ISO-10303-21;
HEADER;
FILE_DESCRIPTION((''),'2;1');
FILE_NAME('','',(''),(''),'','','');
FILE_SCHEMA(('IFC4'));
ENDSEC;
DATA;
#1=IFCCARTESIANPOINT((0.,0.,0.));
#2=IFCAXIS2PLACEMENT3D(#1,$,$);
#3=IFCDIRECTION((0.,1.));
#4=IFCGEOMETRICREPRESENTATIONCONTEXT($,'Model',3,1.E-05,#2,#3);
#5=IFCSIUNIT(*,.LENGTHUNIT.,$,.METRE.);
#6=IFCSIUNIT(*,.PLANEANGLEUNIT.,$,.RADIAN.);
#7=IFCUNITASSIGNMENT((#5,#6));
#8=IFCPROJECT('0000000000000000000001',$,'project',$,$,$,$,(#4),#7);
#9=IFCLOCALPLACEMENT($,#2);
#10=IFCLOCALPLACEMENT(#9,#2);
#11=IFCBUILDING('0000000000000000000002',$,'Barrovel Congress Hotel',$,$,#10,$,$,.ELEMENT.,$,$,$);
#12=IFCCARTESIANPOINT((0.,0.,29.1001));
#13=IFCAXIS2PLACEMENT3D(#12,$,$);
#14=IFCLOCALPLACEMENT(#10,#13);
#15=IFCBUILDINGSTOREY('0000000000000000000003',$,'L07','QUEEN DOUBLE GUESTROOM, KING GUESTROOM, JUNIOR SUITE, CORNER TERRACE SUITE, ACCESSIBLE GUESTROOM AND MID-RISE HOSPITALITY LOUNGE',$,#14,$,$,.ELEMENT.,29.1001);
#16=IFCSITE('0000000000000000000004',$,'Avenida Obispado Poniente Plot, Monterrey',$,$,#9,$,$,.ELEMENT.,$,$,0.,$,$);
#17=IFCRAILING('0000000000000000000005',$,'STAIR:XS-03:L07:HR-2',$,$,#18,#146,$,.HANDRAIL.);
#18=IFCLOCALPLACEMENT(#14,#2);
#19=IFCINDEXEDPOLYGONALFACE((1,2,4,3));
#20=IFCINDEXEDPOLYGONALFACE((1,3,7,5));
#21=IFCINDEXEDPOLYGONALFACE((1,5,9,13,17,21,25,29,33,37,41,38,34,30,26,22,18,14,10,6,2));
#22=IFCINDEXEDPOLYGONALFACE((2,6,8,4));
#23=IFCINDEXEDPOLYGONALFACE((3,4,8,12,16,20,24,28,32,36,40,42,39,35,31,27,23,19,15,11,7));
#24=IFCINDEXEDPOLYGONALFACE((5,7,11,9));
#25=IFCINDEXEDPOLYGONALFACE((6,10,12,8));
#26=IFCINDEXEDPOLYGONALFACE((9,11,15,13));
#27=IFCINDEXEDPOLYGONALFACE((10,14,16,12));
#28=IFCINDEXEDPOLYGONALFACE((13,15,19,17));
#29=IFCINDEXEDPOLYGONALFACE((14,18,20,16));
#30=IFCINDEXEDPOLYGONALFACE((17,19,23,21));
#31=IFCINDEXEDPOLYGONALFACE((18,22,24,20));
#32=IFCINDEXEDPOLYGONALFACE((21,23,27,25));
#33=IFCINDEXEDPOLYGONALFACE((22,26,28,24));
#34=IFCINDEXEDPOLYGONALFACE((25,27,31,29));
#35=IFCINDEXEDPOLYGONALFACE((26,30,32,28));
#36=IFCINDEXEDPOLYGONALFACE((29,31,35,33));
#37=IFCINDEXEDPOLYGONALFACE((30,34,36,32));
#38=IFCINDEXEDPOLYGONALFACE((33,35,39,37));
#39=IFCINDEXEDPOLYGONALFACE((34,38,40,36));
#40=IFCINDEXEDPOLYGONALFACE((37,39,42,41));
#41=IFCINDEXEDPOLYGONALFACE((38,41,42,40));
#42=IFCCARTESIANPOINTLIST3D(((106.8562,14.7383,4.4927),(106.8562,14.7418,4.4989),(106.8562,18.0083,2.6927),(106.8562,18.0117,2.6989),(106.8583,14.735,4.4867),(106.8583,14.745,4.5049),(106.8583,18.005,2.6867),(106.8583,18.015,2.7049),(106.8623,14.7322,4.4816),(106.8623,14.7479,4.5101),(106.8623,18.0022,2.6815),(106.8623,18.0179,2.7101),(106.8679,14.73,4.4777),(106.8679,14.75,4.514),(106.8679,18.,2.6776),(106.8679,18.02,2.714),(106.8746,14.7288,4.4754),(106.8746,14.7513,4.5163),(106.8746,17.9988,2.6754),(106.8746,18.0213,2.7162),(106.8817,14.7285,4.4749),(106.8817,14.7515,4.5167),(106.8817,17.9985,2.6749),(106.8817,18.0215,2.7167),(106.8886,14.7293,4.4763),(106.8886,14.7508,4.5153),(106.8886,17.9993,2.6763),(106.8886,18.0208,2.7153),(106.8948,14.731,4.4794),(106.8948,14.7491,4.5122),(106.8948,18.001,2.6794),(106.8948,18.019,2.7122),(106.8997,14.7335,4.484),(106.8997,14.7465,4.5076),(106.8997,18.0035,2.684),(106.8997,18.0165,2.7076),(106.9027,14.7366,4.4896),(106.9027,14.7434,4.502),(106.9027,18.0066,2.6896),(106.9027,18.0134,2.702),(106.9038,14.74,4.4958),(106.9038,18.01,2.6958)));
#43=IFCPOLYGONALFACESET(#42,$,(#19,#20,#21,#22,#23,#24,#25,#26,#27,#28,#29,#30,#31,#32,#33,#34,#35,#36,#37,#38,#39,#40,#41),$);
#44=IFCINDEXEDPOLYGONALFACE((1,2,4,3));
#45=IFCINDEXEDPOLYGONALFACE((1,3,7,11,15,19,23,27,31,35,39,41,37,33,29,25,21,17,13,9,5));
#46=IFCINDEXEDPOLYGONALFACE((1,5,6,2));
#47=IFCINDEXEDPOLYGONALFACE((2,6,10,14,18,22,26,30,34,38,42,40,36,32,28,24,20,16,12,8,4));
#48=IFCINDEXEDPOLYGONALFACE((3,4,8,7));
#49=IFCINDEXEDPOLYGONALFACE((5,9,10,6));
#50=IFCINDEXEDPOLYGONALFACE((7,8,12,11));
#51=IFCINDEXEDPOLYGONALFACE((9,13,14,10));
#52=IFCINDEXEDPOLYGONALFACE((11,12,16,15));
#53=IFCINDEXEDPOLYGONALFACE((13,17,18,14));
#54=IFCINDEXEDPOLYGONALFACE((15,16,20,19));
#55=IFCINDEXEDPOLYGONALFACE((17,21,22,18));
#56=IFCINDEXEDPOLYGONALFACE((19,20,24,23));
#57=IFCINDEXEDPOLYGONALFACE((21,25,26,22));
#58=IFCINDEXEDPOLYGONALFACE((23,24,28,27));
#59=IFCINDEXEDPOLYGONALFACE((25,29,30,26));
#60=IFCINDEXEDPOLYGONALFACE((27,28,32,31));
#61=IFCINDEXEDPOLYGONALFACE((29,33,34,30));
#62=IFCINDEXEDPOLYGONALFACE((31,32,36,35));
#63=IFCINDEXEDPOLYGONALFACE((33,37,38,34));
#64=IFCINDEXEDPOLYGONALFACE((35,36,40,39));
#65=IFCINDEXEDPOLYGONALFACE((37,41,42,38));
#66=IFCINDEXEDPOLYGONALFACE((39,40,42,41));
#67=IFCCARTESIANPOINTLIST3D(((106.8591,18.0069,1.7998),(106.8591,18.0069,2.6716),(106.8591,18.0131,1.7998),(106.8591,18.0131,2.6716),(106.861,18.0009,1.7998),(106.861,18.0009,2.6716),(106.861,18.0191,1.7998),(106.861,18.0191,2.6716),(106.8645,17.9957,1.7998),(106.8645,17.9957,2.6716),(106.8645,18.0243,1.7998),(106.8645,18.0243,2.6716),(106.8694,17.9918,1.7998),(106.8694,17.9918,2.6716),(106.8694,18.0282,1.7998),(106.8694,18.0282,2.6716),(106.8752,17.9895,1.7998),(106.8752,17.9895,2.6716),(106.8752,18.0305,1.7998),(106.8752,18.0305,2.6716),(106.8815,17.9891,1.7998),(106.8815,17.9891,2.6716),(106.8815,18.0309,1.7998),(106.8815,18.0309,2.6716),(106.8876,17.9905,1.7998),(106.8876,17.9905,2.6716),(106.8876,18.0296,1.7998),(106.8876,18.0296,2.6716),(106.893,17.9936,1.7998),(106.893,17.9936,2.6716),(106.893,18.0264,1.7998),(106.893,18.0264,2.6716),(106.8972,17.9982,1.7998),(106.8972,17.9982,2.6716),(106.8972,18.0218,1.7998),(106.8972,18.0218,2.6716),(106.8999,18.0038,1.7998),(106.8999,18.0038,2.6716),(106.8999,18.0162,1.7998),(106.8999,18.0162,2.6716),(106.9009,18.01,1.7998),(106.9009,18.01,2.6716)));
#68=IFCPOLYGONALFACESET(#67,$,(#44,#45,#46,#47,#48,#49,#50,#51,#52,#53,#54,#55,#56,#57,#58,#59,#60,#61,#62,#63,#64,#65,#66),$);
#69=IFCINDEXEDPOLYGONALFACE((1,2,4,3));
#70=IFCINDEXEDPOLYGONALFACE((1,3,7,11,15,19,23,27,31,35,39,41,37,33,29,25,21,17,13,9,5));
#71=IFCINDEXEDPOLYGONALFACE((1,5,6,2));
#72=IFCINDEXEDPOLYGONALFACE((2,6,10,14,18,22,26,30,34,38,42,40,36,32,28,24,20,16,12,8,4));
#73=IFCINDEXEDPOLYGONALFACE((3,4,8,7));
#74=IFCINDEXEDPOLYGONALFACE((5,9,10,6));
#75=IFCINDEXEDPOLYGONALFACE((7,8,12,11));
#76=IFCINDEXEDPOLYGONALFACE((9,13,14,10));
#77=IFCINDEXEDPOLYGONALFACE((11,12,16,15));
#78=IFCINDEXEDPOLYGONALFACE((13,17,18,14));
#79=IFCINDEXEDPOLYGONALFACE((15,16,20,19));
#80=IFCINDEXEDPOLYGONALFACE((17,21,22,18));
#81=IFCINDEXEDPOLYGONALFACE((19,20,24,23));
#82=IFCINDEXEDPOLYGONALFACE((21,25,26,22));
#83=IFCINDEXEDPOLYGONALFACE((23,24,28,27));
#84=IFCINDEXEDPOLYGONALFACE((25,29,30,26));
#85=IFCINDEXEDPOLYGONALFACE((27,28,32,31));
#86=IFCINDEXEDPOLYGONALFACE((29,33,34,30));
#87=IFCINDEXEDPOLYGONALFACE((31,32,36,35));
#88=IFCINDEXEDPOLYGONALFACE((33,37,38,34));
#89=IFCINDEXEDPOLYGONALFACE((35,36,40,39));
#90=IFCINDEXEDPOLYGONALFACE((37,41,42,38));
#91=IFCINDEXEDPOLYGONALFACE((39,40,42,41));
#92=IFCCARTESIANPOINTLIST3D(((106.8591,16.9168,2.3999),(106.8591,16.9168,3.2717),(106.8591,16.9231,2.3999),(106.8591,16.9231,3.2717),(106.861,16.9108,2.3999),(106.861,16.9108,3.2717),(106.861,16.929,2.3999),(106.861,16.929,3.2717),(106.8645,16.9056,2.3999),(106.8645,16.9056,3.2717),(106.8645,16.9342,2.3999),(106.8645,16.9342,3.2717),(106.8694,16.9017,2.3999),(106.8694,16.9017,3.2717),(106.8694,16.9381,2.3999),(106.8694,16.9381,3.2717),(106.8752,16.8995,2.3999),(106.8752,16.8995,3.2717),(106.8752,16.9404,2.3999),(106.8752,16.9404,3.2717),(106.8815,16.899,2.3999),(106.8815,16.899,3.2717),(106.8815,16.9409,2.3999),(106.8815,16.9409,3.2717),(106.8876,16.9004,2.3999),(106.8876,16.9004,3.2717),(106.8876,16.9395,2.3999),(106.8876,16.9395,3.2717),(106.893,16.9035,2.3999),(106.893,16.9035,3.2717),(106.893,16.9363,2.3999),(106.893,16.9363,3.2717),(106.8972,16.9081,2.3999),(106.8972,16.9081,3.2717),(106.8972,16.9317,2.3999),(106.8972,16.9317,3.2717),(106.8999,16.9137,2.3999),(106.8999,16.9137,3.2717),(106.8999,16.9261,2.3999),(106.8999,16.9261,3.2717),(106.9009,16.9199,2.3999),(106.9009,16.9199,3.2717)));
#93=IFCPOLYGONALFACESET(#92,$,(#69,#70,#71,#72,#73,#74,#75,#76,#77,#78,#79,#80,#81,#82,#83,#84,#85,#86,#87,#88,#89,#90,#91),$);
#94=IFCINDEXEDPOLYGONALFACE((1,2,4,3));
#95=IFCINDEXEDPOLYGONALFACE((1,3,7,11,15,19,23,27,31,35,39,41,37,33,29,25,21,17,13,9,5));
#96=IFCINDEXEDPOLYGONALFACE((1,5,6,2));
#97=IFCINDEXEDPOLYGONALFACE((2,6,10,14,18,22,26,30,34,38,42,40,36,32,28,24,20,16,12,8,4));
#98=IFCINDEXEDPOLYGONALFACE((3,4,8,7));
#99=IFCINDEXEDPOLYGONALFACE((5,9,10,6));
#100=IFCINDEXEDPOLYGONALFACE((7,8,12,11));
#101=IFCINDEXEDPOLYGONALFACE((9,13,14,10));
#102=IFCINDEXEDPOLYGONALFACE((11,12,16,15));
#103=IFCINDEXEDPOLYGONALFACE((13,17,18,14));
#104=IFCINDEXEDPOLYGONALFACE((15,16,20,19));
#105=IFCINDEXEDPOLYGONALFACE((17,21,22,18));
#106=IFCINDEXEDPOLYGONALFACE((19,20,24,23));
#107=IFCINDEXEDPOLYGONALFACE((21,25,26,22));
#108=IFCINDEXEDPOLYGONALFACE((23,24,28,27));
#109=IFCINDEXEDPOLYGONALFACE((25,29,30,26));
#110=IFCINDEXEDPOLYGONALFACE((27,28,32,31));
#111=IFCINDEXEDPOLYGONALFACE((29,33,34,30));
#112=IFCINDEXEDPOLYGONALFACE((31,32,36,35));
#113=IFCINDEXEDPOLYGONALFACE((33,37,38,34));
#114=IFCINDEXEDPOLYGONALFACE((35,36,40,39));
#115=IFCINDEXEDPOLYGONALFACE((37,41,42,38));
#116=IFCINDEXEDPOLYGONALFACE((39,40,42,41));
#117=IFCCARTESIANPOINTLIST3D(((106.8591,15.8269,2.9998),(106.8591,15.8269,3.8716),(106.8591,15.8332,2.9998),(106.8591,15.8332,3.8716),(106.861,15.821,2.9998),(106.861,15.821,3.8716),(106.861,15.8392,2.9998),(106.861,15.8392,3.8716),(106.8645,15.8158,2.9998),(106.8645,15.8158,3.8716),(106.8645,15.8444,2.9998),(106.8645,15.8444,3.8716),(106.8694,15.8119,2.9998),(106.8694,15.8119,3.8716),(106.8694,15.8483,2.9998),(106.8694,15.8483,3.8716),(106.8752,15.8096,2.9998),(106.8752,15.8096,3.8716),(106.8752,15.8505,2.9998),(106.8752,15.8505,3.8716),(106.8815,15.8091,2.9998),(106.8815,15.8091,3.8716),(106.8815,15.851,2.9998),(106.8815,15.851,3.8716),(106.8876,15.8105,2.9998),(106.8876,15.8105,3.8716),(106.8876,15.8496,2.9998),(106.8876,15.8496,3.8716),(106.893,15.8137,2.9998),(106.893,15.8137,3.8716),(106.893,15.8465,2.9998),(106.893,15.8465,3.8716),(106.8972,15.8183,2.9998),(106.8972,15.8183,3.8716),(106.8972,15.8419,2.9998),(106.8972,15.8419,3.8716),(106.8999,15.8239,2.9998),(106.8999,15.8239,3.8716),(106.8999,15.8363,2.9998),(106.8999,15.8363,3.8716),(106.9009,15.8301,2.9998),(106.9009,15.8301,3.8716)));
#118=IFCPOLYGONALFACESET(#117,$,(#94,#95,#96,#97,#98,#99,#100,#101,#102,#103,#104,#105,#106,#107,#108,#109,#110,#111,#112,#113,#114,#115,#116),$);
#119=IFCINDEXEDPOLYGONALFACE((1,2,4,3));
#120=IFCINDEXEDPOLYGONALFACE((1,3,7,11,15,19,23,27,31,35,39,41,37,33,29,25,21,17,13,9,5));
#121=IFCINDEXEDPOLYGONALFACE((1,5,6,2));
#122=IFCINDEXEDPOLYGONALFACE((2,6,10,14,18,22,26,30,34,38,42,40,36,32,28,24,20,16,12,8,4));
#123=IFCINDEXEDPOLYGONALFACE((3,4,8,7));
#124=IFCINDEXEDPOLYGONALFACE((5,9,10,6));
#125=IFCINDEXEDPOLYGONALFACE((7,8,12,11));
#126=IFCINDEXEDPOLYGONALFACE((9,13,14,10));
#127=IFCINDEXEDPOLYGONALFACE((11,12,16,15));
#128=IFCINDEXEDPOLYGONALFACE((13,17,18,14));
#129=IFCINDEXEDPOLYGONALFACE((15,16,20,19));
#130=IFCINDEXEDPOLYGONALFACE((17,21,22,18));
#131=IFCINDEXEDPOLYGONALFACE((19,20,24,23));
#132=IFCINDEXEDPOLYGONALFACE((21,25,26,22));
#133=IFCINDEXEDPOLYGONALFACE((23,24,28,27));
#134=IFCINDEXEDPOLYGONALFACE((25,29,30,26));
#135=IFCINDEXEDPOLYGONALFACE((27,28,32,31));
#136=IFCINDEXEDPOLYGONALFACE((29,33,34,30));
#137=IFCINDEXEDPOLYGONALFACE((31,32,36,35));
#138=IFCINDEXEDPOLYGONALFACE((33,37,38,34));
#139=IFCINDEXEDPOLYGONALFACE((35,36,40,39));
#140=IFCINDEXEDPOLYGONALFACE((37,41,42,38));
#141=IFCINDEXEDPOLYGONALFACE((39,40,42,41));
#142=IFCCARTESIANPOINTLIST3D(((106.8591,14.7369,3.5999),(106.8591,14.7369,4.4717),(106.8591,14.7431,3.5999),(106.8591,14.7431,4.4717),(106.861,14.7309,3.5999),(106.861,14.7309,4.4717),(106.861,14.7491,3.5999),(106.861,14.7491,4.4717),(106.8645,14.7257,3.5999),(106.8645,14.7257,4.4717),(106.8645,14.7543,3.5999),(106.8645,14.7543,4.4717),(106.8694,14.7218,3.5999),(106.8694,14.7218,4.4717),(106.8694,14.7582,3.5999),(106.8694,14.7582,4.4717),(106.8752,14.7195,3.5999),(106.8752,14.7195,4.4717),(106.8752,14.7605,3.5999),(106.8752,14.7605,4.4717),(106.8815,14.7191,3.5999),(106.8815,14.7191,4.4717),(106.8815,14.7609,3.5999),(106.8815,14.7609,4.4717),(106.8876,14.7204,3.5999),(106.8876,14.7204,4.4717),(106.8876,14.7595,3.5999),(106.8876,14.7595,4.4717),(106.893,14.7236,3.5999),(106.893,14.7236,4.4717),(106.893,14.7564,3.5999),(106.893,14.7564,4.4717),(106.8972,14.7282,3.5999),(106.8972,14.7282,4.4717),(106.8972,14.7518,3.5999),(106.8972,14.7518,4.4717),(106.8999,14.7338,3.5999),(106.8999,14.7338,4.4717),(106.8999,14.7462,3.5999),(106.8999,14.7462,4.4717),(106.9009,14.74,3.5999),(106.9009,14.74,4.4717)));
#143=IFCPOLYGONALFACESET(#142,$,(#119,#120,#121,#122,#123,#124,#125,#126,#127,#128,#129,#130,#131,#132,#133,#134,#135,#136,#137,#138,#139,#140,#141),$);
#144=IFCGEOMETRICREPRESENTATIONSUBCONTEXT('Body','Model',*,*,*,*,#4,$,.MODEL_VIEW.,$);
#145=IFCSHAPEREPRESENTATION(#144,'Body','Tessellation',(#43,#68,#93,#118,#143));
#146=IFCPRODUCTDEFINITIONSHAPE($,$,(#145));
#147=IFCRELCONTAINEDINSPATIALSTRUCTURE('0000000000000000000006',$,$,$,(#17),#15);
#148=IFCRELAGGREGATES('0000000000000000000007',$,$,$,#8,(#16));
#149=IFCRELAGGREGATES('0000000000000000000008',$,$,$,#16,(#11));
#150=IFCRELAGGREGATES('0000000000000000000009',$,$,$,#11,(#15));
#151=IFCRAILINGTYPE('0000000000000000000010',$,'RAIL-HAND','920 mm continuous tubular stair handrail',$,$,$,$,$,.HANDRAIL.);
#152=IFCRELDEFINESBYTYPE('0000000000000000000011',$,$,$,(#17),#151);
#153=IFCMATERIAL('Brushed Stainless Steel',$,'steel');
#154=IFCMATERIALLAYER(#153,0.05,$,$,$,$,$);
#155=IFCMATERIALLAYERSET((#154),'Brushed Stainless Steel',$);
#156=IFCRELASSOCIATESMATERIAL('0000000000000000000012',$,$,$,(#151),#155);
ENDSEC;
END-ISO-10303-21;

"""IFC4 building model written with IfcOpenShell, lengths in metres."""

from ifc_helpers import new_model, si_unit, direction, frame, origin, origin_2d, place, context, subcontext, project, spatial, circle, extrude, material, layer, layer_set, type_object, element, save


model = new_model("IFC4")

# Units and contexts
model_context = context("Model", 3, precision=1e-05, world=origin(), true_north=direction((0.0, 1.0)))
body_context = subcontext(model_context, "Body", "Model", "MODEL_VIEW")
ifc_project = project(units=[si_unit("LENGTHUNIT", "METRE"), si_unit("PLANEANGLEUNIT", "RADIAN")], contexts=[model_context])

# Site, building, storey
site_placement = place(None, origin())
site = spatial("IfcSite", under=ifc_project, at=site_placement, Name="Avenida Obispado Poniente Plot, Monterrey", CompositionType="ELEMENT", RefElevation=0.0)
building_placement = place(site_placement, origin())
building = spatial("IfcBuilding", under=site, at=building_placement, Name="Barrovel Congress Hotel", CompositionType="ELEMENT")
storey_placement = place(building_placement, frame((0.0, 0.0, 29.1001)))
storey = spatial("IfcBuildingStorey", under=building, at=storey_placement, Name="L07", Description="QUEEN DOUBLE GUESTROOM, KING GUESTROOM, JUNIOR SUITE, CORNER TERRACE SUITE, ACCESSIBLE GUESTROOM AND MID-RISE HOSPITALITY LOUNGE", CompositionType="ELEMENT", Elevation=29.1001)

# Railing
ifc_material_1 = material(Name="Brushed Stainless Steel", Category="steel")
ifc_layer_1 = layer(ifc_material_1, 0.05)
ifc_layer_set_1 = layer_set([ifc_layer_1], Name="Brushed Stainless Steel")
railing_type_1 = type_object("IfcRailingType", Name="RAIL-HAND", Description="920 mm continuous tubular stair handrail", PredefinedType="HANDRAIL", material=ifc_layer_set_1)
railing_1_placement = place(storey_placement, frame((106.8799, 18.01, 1.7998)))
element("IfcRailing", 1, at=railing_1_placement, inside=storey, type_object=railing_type_1, Name="STAIR:XS-03:L07:HR-2", PredefinedType="HANDRAIL", context=body_context, shape_type="SweptSolid", body=[
    extrude(circle(Radius=0.0239, at=origin_2d()), frame((0.0, 0.0, 0.896), z_axis=(0.0, -0.876042, 0.482235), x_axis=(1.0, 0.0, 0.0)), (0.0, 0.0, 1.0), 3.7327),
    extrude(circle(Radius=0.021, at=origin_2d()), origin(), (0.0, 0.0, 1.0), 0.8718),
    extrude(circle(Radius=0.021, at=origin_2d()), frame((0.0, -1.0901, 0.6001)), (0.0, 0.0, 1.0), 0.8718),
    extrude(circle(Radius=0.021, at=origin_2d()), frame((0.0, -2.1799, 1.2)), (0.0, 0.0, 1.0), 0.8718),
    extrude(circle(Radius=0.021, at=origin_2d()), frame((0.0, -3.27, 1.8)), (0.0, 0.0, 1.0), 0.8718),
])

save(model, "model.ifc")
